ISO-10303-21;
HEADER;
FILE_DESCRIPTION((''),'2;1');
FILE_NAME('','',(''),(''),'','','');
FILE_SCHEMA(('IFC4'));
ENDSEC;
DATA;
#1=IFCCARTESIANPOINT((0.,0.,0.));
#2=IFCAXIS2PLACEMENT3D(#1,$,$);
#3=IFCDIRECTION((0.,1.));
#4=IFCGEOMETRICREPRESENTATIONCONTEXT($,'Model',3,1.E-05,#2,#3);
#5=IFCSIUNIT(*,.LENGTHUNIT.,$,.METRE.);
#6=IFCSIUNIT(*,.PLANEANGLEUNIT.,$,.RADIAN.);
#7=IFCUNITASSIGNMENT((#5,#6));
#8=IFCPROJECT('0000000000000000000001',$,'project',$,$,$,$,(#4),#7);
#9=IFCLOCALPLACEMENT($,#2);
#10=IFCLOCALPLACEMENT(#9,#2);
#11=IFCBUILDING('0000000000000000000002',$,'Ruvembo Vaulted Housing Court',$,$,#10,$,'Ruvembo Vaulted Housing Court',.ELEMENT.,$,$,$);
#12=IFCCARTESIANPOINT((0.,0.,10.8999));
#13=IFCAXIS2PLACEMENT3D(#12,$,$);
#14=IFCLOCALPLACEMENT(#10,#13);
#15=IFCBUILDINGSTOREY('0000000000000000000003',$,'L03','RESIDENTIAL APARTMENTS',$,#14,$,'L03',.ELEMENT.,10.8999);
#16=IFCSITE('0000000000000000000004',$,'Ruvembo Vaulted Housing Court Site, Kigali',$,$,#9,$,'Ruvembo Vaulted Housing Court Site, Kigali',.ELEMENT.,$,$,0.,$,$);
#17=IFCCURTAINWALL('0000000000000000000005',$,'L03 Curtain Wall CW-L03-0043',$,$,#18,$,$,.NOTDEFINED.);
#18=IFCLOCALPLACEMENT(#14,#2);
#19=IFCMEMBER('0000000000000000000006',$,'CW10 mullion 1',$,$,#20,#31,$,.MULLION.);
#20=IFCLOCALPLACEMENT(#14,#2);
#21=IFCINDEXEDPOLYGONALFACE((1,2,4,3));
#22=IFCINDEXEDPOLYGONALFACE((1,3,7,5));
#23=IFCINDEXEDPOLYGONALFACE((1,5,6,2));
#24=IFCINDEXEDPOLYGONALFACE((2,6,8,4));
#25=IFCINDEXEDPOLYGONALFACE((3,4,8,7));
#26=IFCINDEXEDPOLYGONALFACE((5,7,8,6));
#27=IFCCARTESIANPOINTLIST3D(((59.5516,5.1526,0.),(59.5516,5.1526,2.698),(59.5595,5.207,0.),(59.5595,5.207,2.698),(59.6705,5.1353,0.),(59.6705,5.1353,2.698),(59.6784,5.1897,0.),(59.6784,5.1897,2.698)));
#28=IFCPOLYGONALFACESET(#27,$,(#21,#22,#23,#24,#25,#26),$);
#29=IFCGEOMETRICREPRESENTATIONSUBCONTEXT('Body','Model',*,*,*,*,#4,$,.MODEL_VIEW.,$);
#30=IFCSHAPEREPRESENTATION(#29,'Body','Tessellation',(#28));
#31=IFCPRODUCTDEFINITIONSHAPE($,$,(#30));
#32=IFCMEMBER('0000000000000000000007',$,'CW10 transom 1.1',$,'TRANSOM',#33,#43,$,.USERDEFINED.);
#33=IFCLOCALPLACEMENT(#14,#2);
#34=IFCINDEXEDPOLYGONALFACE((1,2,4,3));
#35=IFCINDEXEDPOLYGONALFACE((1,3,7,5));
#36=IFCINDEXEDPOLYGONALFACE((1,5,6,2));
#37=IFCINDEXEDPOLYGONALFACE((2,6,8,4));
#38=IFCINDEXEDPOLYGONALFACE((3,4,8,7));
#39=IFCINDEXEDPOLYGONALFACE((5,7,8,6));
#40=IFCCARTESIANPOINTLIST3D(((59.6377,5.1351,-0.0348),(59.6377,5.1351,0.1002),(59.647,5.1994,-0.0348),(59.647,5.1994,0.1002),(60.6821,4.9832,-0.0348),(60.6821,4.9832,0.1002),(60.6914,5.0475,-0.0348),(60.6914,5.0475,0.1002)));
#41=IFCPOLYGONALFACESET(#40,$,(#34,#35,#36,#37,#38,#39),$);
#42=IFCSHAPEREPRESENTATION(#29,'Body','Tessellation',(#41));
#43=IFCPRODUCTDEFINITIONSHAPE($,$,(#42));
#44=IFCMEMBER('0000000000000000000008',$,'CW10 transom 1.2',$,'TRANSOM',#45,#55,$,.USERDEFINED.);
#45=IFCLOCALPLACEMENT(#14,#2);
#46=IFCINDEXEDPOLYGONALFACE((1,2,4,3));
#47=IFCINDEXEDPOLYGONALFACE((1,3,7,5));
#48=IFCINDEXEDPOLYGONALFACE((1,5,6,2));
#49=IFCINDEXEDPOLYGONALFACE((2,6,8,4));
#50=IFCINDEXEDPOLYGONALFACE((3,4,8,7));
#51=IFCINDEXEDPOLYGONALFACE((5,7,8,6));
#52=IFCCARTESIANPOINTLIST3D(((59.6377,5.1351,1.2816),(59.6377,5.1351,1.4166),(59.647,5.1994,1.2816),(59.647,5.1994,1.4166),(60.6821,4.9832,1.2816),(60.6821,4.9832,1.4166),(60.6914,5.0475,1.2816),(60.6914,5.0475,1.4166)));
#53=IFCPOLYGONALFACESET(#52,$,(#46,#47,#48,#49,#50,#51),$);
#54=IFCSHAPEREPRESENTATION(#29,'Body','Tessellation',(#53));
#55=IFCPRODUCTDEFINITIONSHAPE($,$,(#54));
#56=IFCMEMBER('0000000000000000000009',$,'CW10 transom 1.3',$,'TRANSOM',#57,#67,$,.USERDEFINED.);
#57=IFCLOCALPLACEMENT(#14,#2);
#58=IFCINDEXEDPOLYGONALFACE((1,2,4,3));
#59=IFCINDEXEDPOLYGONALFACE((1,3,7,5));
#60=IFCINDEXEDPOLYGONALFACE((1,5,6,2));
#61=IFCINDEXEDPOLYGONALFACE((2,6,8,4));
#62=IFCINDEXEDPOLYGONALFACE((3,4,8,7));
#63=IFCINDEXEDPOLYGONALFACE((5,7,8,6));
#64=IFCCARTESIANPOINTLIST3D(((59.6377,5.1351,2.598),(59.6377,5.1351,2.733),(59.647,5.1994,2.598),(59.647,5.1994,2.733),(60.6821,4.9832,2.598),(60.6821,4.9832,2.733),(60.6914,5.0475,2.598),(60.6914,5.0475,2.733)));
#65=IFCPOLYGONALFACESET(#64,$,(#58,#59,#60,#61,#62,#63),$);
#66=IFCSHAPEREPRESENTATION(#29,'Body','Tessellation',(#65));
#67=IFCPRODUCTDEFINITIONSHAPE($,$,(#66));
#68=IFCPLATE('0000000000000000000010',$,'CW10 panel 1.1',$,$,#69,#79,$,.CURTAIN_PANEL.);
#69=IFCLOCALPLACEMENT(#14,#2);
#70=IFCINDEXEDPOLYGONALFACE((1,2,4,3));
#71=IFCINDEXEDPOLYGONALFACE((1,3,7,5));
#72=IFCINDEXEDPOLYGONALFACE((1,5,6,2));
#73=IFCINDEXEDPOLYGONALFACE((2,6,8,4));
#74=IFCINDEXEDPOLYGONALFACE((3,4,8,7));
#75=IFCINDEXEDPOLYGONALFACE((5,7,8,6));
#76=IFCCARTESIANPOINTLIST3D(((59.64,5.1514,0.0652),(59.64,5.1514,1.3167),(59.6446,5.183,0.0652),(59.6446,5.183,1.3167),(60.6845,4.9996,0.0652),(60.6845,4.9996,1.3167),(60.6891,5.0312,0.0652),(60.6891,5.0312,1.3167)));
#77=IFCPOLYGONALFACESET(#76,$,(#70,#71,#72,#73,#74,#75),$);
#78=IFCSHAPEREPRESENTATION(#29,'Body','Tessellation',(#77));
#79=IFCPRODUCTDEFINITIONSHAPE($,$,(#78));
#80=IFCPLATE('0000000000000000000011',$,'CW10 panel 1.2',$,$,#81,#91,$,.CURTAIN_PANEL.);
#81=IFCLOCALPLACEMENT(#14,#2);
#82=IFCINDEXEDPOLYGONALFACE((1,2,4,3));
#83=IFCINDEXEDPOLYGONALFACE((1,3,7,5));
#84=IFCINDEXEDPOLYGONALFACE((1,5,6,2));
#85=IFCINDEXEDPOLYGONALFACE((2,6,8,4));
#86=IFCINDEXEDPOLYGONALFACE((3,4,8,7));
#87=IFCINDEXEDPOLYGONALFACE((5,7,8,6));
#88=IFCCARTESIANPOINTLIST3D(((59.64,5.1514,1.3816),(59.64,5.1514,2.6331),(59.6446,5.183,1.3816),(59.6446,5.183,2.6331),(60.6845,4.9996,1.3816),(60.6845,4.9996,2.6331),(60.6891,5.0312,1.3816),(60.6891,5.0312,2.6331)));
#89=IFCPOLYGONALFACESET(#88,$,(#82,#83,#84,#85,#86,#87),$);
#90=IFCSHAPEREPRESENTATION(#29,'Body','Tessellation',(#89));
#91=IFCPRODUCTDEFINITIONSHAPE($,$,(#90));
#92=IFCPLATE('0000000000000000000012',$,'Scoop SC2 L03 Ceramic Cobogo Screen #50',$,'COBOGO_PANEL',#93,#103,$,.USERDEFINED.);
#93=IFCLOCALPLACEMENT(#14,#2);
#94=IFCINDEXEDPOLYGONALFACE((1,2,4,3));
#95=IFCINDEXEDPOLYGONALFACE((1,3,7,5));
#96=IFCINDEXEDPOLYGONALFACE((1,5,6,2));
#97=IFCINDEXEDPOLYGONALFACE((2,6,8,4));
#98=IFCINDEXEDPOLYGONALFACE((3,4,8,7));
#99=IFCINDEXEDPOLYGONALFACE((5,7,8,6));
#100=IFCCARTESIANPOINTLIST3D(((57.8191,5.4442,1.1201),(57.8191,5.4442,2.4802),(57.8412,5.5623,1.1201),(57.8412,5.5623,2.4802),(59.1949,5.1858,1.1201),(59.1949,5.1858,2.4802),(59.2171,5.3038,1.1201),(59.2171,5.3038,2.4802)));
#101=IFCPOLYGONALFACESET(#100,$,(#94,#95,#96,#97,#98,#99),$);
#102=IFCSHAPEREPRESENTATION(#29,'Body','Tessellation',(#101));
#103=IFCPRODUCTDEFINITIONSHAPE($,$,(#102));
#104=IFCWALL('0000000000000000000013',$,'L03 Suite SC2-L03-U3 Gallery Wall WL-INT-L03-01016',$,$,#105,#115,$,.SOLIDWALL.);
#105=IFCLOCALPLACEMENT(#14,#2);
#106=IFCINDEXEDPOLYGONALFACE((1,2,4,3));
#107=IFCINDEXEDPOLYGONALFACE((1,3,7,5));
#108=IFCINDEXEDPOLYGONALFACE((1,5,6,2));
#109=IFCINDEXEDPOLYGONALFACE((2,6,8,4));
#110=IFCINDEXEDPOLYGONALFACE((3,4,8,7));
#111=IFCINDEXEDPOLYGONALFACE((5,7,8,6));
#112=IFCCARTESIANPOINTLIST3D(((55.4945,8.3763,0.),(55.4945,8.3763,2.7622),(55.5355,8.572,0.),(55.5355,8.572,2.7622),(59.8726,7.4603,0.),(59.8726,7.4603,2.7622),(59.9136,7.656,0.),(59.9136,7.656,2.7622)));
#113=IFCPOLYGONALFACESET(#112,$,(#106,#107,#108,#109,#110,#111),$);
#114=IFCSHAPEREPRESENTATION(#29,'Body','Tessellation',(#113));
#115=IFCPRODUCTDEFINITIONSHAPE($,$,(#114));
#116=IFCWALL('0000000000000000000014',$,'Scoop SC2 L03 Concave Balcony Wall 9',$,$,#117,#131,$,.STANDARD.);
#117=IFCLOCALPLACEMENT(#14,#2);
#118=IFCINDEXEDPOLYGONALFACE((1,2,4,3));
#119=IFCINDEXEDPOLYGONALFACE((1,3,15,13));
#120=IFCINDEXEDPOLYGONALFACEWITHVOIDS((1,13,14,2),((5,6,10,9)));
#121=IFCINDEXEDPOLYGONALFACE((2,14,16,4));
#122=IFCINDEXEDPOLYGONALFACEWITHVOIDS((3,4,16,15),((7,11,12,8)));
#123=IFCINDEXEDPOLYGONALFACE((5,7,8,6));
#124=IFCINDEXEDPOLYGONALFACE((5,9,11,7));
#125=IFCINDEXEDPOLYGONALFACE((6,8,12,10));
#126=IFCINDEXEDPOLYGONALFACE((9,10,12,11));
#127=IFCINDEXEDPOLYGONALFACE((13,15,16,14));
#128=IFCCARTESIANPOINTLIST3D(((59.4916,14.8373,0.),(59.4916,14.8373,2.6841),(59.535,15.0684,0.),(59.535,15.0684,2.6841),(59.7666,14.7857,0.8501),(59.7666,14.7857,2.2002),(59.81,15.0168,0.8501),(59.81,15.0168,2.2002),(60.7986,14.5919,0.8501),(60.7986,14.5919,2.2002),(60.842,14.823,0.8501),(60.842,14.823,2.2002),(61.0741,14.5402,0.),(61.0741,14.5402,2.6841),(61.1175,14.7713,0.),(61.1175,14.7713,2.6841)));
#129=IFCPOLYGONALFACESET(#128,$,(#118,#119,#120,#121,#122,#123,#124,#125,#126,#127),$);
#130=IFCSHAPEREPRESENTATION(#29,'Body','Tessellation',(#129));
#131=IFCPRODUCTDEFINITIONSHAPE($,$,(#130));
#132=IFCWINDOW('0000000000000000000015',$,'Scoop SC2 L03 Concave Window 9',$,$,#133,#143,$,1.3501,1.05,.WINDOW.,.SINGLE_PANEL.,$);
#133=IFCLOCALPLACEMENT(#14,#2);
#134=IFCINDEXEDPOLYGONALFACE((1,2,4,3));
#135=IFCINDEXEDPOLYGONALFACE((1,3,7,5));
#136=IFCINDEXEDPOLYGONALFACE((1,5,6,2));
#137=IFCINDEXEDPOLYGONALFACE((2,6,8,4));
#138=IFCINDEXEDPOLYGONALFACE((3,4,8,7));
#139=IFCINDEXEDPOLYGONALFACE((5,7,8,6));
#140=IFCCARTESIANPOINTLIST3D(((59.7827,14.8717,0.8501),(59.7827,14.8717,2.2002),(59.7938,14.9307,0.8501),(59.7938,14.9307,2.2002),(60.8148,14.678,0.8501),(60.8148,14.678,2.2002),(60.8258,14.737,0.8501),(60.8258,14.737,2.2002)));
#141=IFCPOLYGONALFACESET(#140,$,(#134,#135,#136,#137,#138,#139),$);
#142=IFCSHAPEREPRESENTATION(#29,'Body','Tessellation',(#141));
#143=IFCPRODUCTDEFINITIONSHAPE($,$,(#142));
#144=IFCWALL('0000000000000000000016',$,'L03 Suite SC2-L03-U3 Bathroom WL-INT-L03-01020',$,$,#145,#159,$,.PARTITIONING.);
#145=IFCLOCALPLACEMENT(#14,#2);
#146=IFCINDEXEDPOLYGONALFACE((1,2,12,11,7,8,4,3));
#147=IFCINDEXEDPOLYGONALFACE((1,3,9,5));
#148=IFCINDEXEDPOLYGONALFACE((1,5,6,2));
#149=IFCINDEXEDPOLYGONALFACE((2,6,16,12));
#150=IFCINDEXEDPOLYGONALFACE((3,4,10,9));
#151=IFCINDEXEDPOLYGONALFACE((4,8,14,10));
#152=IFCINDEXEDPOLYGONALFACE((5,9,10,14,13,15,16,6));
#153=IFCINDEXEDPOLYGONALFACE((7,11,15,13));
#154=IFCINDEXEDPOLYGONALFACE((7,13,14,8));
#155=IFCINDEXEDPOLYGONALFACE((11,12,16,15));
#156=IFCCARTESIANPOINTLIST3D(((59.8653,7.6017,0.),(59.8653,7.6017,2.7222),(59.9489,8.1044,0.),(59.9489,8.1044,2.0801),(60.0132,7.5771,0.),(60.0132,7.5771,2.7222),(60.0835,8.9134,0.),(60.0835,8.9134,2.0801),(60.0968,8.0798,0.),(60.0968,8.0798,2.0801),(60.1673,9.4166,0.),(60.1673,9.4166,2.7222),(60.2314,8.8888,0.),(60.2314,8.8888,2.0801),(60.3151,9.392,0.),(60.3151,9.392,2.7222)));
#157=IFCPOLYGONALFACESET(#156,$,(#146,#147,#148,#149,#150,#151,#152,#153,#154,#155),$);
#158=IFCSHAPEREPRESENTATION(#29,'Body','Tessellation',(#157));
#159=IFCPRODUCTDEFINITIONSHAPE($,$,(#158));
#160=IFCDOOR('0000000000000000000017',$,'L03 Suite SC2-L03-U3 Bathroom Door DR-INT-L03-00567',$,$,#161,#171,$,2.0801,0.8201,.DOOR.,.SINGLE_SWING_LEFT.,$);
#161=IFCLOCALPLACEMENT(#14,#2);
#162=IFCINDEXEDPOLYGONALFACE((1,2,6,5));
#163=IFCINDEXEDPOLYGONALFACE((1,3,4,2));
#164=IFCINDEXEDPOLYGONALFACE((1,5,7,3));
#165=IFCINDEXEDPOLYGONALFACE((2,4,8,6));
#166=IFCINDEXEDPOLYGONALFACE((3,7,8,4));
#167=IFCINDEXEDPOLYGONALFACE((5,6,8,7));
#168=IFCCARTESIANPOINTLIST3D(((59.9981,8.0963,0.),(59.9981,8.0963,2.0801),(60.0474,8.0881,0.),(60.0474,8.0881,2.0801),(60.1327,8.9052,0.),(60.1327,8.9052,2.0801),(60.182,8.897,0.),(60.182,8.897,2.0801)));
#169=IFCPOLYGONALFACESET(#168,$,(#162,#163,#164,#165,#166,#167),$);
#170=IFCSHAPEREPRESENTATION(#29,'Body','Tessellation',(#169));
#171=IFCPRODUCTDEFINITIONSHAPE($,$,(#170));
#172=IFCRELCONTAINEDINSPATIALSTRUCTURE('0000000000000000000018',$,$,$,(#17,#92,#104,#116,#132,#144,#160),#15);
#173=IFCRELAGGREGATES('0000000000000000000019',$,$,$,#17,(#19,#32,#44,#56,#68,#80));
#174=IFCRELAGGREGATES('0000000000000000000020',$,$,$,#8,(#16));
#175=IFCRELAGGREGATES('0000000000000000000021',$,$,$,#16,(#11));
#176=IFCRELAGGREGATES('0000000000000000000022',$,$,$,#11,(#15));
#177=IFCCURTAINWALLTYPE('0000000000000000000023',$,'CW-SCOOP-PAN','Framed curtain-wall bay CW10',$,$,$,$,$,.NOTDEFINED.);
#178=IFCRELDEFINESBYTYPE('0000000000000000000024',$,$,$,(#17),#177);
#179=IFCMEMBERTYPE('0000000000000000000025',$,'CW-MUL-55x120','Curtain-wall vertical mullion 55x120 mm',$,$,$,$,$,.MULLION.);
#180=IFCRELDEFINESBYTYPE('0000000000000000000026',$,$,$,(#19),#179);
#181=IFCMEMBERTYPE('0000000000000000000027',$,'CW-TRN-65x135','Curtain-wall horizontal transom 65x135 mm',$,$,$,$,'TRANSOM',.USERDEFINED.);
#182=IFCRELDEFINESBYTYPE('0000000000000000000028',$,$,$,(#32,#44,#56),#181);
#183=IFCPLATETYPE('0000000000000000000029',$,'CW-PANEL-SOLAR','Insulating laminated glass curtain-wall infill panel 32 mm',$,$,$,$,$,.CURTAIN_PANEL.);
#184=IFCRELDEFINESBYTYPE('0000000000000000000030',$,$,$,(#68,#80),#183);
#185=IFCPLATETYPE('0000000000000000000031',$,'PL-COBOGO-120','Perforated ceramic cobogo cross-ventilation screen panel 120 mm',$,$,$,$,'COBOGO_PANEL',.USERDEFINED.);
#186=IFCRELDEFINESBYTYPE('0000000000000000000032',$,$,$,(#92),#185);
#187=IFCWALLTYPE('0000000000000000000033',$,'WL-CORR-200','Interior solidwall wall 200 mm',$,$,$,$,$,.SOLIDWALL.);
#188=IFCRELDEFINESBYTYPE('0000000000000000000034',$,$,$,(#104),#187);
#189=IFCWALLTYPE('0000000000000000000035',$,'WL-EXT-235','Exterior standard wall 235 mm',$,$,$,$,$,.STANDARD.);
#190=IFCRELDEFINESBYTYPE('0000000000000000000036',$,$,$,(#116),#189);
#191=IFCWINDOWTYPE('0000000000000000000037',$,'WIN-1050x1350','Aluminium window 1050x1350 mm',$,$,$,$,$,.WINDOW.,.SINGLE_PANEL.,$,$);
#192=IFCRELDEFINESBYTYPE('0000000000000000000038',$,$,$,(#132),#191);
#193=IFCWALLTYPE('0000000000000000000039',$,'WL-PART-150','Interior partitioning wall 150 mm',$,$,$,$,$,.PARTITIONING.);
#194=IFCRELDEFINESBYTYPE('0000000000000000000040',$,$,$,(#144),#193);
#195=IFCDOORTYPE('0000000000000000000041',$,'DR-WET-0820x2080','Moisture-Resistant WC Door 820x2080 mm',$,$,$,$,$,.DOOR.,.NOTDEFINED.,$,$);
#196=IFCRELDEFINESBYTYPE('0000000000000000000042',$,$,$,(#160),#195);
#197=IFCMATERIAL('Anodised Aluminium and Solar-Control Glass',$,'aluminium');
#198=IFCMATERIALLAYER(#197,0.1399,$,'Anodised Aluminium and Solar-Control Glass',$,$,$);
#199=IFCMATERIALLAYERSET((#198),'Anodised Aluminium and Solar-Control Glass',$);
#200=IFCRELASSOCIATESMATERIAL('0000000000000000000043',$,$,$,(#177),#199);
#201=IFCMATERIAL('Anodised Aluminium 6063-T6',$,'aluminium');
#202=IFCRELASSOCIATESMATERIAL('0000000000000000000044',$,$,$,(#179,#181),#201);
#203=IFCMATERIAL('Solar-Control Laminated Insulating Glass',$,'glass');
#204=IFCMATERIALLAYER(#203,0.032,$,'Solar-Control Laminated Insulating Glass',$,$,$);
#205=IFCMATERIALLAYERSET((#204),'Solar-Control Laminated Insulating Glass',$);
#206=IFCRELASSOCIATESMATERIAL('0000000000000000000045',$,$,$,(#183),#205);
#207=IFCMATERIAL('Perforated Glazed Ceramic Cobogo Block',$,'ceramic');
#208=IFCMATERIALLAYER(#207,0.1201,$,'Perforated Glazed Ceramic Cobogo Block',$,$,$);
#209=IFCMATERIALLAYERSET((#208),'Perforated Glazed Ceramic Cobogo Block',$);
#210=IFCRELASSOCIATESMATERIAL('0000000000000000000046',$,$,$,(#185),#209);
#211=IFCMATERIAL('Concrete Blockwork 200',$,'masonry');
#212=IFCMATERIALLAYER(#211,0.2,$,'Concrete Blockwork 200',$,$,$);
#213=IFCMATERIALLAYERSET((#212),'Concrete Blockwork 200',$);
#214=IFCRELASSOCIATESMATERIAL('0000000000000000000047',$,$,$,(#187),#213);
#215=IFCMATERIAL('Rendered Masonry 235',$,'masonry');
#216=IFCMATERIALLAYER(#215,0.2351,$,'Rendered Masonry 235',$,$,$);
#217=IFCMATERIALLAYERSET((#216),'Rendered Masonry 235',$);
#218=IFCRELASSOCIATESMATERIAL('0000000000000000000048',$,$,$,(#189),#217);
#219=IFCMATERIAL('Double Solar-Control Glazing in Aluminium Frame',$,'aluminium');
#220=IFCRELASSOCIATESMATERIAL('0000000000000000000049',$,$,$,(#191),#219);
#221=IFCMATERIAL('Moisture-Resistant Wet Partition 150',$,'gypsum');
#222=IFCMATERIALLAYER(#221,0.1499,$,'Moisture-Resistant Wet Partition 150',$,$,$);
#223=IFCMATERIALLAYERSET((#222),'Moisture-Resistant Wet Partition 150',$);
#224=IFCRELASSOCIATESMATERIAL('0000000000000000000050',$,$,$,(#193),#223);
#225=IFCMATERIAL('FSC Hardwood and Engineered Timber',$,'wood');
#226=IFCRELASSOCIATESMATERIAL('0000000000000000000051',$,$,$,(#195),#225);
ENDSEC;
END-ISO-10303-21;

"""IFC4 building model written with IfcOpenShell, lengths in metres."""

from ifc_helpers import new_model, si_unit, direction, frame, frame_2d, origin, origin_2d, place, context, subcontext, project, spatial, rectangle, extrude, material, layer, layer_set, material_profile, profile_set, type_object, element, fill, aggregate, save


model = new_model("IFC4")

# Units and contexts
model_context = context("Model", 3, precision=1e-05, world=origin(), true_north=direction((0.0, 1.0)))
body_context = subcontext(model_context, "Body", "Model", "MODEL_VIEW")
ifc_project = project(units=[si_unit("LENGTHUNIT", "METRE"), si_unit("PLANEANGLEUNIT", "RADIAN")], contexts=[model_context])

# Site, building, storey
site_placement = place(None, origin())
site = spatial("IfcSite", under=ifc_project, at=site_placement, Name="Ruvembo Vaulted Housing Court Site, Kigali", LongName="Ruvembo Vaulted Housing Court Site, Kigali", CompositionType="ELEMENT", RefElevation=0.0)
building_placement = place(site_placement, origin())
building = spatial("IfcBuilding", under=site, at=building_placement, Name="Ruvembo Vaulted Housing Court", LongName="Ruvembo Vaulted Housing Court", CompositionType="ELEMENT")
storey_placement = place(building_placement, frame((0.0, 0.0, 10.8999)))
storey = spatial("IfcBuildingStorey", under=building, at=storey_placement, Name="L03", Description="RESIDENTIAL APARTMENTS", LongName="L03", CompositionType="ELEMENT", Elevation=10.8999)

# Curtain wall, members, plates
ifc_material_1 = material(Name="Anodised Aluminium and Solar-Control Glass", Category="aluminium")
ifc_layer_1 = layer(ifc_material_1, 0.1399, Name="Anodised Aluminium and Solar-Control Glass")
ifc_layer_set_1 = layer_set([ifc_layer_1], Name="Anodised Aluminium and Solar-Control Glass")
curtain_wall_type = type_object("IfcCurtainWallType", Name="CW-SCOOP-PAN", Description="Framed curtain-wall bay CW10", PredefinedType="NOTDEFINED", material=ifc_layer_set_1)
curtain_wall_placement = place(storey_placement, origin())
curtain_wall = element("IfcCurtainWall", 1, at=curtain_wall_placement, inside=storey, type_object=curtain_wall_type, Name="L03 Curtain Wall CW-L03-0043", PredefinedType="NOTDEFINED")
ifc_material_2 = material(Name="Anodised Aluminium 6063-T6", Category="aluminium")
ifc_material_profile_1 = material_profile(ifc_material_2, rectangle(XDim=0.0549, YDim=0.1201, at=origin_2d()), Name="ALU 55x120")
ifc_profile_set_1 = profile_set([ifc_material_profile_1], Name="Anodised Aluminium 6063-T6")
member_type_1 = type_object("IfcMemberType", Name="CW-MUL-55x120", Description="Curtain-wall vertical mullion 55x120 mm", PredefinedType="MULLION", material=ifc_profile_set_1)
member_1_placement = place(storey_placement, frame((59.615, 5.1711, 0.0), z_axis=(0.0, 0.0, 1.0), x_axis=(0.143851, 0.989599, 0.0)))
member_1 = element("IfcMember", 2, at=member_1_placement, type_object=member_type_1, Name="CW10 mullion 1", PredefinedType="MULLION", context=body_context, shape_type="SweptSolid", body=[
    extrude(rectangle(XDim=0.0549, YDim=0.1201, at=origin_2d()), origin(), (0.0, 0.0, 1.0), 2.698),
])
ifc_material_profile_2 = material_profile(ifc_material_2, rectangle(XDim=0.0649, YDim=0.135, at=origin_2d()), Name="ALU 65x135")
ifc_profile_set_2 = profile_set([ifc_material_profile_2], Name="Anodised Aluminium 6063-T6")
member_type_2 = type_object("IfcMemberType", Name="CW-TRN-65x135", Description="Curtain-wall horizontal transom 65x135 mm", ElementType="TRANSOM", PredefinedType="USERDEFINED", material=ifc_profile_set_2)
member_2_placement = place(storey_placement, frame((59.6423, 5.1672, 0.0327), z_axis=(0.989595, -0.143882, 0.0), x_axis=(0.143882, 0.989595, 0.0)))
member_2 = element("IfcMember", 3, at=member_2_placement, type_object=member_type_2, Name="CW10 transom 1.1", ObjectType="TRANSOM", PredefinedType="USERDEFINED", context=body_context, shape_type="SweptSolid", body=[
    extrude(rectangle(XDim=0.0649, YDim=0.135, at=origin_2d()), origin(), (0.0, 0.0, 1.0), 1.0554),
])
member_3_placement = place(storey_placement, frame((59.6423, 5.1672, 1.3491), z_axis=(0.989595, -0.143882, 0.0), x_axis=(0.143882, 0.989595, 0.0)))
member_3 = element("IfcMember", 4, at=member_3_placement, type_object=member_type_2, Name="CW10 transom 1.2", ObjectType="TRANSOM", PredefinedType="USERDEFINED", context=body_context, shape_type="SweptSolid", body=[
    extrude(rectangle(XDim=0.0649, YDim=0.135, at=origin_2d()), origin(), (0.0, 0.0, 1.0), 1.0554),
])
member_4_placement = place(storey_placement, frame((59.6423, 5.1672, 2.6655), z_axis=(0.989595, -0.143882, 0.0), x_axis=(0.143882, 0.989595, 0.0)))
member_4 = element("IfcMember", 5, at=member_4_placement, type_object=member_type_2, Name="CW10 transom 1.3", ObjectType="TRANSOM", PredefinedType="USERDEFINED", context=body_context, shape_type="SweptSolid", body=[
    extrude(rectangle(XDim=0.0649, YDim=0.135, at=origin_2d()), origin(), (0.0, 0.0, 1.0), 1.0554),
])
ifc_material_3 = material(Name="Solar-Control Laminated Insulating Glass", Category="glass")
ifc_layer_2 = layer(ifc_material_3, 0.032, Name="Solar-Control Laminated Insulating Glass")
ifc_layer_set_2 = layer_set([ifc_layer_2], Name="Solar-Control Laminated Insulating Glass")
plate_type_1 = type_object("IfcPlateType", Name="CW-PANEL-SOLAR", Description="Insulating laminated glass curtain-wall infill panel 32 mm", PredefinedType="CURTAIN_PANEL", material=ifc_layer_set_2)
plate_1_placement = place(storey_placement, frame((60.1646, 5.0913, 0.0652), z_axis=(0.0, 0.0, 1.0), x_axis=(0.989599, -0.143851, 0.0)))
plate_1 = element("IfcPlate", 6, at=plate_1_placement, type_object=plate_type_1, Name="CW10 panel 1.1", PredefinedType="CURTAIN_PANEL", context=body_context, shape_type="SweptSolid", body=[
    extrude(rectangle(XDim=1.0554, YDim=0.032, at=origin_2d()), origin(), (0.0, 0.0, 1.0), 1.2515),
])
plate_2_placement = place(storey_placement, frame((60.1646, 5.0913, 1.3816), z_axis=(0.0, 0.0, 1.0), x_axis=(0.989599, -0.143851, 0.0)))
plate_2 = element("IfcPlate", 7, at=plate_2_placement, type_object=plate_type_1, Name="CW10 panel 1.2", PredefinedType="CURTAIN_PANEL", context=body_context, shape_type="SweptSolid", body=[
    extrude(rectangle(XDim=1.0554, YDim=0.032, at=origin_2d()), origin(), (0.0, 0.0, 1.0), 1.2515),
])
aggregate(curtain_wall, [member_1, member_2, member_3, member_4, plate_1, plate_2])

# Plate
ifc_material_4 = material(Name="Perforated Glazed Ceramic Cobogo Block", Category="ceramic")
ifc_layer_3 = layer(ifc_material_4, 0.1201, Name="Perforated Glazed Ceramic Cobogo Block")
ifc_layer_set_3 = layer_set([ifc_layer_3], Name="Perforated Glazed Ceramic Cobogo Block")
plate_type_2 = type_object("IfcPlateType", Name="PL-COBOGO-120", Description="Perforated ceramic cobogo cross-ventilation screen panel 120 mm", ElementType="COBOGO_PANEL", PredefinedType="USERDEFINED", material=ifc_layer_set_3)
plate_3_placement = place(storey_placement, frame((58.5181, 5.374, 1.1201), z_axis=(0.0, 0.0, 1.0), x_axis=(0.982816, -0.184586, 0.0)))
element("IfcPlate", 8, at=plate_3_placement, inside=storey, type_object=plate_type_2, Name="Scoop SC2 L03 Ceramic Cobogo Screen #50", ObjectType="COBOGO_PANEL", PredefinedType="USERDEFINED", context=body_context, shape_type="SweptSolid", body=[
    extrude(rectangle(XDim=1.3999, YDim=0.1201, at=origin_2d()), origin(), (0.0, 0.0, 1.0), 1.3601),
])

# Wall
ifc_material_5 = material(Name="Concrete Blockwork 200", Category="masonry")
ifc_layer_4 = layer(ifc_material_5, 0.2, Name="Concrete Blockwork 200")
ifc_layer_set_4 = layer_set([ifc_layer_4], Name="Concrete Blockwork 200")
wall_type_1 = type_object("IfcWallType", Name="WL-CORR-200", Description="Interior solidwall wall 200 mm", PredefinedType="SOLIDWALL", material=ifc_layer_set_4)
wall_1_placement = place(storey_placement, frame((55.5151, 8.4741, 0.0), z_axis=(0.0, 0.0, 1.0), x_axis=(0.978806, -0.204789, 0.0)))
element("IfcWall", 9, at=wall_1_placement, inside=storey, type_object=wall_type_1, Name="L03 Suite SC2-L03-U3 Gallery Wall WL-INT-L03-01016", PredefinedType="SOLIDWALL", context=body_context, shape_type="SweptSolid", body=[
    extrude(rectangle(XDim=4.4729, YDim=0.2, at=frame_2d((2.2363, 0.0))), origin(), (0.0, 0.0, 1.0), 2.7622),
])

# Shared definitions
ifc_material_6 = material(Name="FSC Hardwood and Engineered Timber", Category="wood")

# Wall, opening, window
ifc_material_7 = material(Name="Rendered Masonry 235", Category="masonry")
ifc_layer_5 = layer(ifc_material_7, 0.2351, Name="Rendered Masonry 235")
ifc_layer_set_5 = layer_set([ifc_layer_5], Name="Rendered Masonry 235")
wall_type_2 = type_object("IfcWallType", Name="WL-EXT-235", Description="Exterior standard wall 235 mm", PredefinedType="STANDARD", material=ifc_layer_set_5)
wall_2_placement = place(storey_placement, frame((59.5132, 14.9529, 0.0), z_axis=(0.0, 0.0, 1.0), x_axis=(0.982828, -0.184527, 0.0)))
wall_2 = element("IfcWall", 10, at=wall_2_placement, inside=storey, type_object=wall_type_2, Name="Scoop SC2 L03 Concave Balcony Wall 9", PredefinedType="STANDARD", context=body_context, shape_type="SweptSolid", body=[
    extrude(rectangle(XDim=1.6101, YDim=0.2351, at=frame_2d((0.8052, 0.0))), origin(), (0.0, 0.0, 1.0), 2.6841),
])
opening_1_placement = place(wall_2_placement, frame((0.28, 0.0, 0.8501)))
opening_1 = element("IfcOpeningElement", 11, at=opening_1_placement, cuts=wall_2, PredefinedType="OPENING", context=body_context, shape_type="SweptSolid", body=[
    extrude(rectangle(XDim=1.05, YDim=1.3501, at=frame_2d((0.5249, 0.675))), frame((0.0, 0.1274, 0.0), z_axis=(0.0, -1.0, 0.0), x_axis=(1.0, 0.0, 0.0)), (0.0, 0.0, 1.0), 0.2551),
])
ifc_material_8 = material(Name="Double Solar-Control Glazing in Aluminium Frame", Category="aluminium")
window_type = type_object("IfcWindowType", Name="WIN-1050x1350", Description="Aluminium window 1050x1350 mm", PartitioningType="SINGLE_PANEL", PredefinedType="WINDOW", material=ifc_material_8)
window_placement = place(opening_1_placement, origin())
window = element("IfcWindow", 12, at=window_placement, inside=storey, type_object=window_type, Name="Scoop SC2 L03 Concave Window 9", OverallHeight=1.3501, OverallWidth=1.05, PartitioningType="SINGLE_PANEL", PredefinedType="WINDOW", context=body_context, shape_type="SweptSolid", body=[
    extrude(rectangle(XDim=1.05, YDim=1.3501, at=frame_2d((0.5249, 0.675))), frame((0.0, 0.03, 0.0), z_axis=(0.0, -1.0, 0.0), x_axis=(1.0, 0.0, 0.0)), (0.0, 0.0, 1.0), 0.0601),
])
fill(opening_1, window)

# Wall, opening, door
ifc_material_9 = material(Name="Moisture-Resistant Wet Partition 150", Category="gypsum")
ifc_layer_6 = layer(ifc_material_9, 0.1499, Name="Moisture-Resistant Wet Partition 150")
ifc_layer_set_6 = layer_set([ifc_layer_6], Name="Moisture-Resistant Wet Partition 150")
wall_type_3 = type_object("IfcWallType", Name="WL-PART-150", Description="Interior partitioning wall 150 mm", PredefinedType="PARTITIONING", material=ifc_layer_set_6)
wall_3_placement = place(storey_placement, frame((60.2412, 9.4043, 0.0), z_axis=(0.0, 0.0, 1.0), x_axis=(-0.164141, -0.986437, 0.0)))
wall_3 = element("IfcWall", 13, at=wall_3_placement, inside=storey, type_object=wall_type_3, Name="L03 Suite SC2-L03-U3 Bathroom WL-INT-L03-01020", PredefinedType="PARTITIONING", context=body_context, shape_type="SweptSolid", body=[
    extrude(rectangle(XDim=1.8398, YDim=0.1499, at=frame_2d((0.9199, 0.0))), origin(), (0.0, 0.0, 1.0), 2.7222),
])
opening_2_placement = place(wall_3_placement, frame((0.51, 0.0, 0.0)))
opening_2 = element("IfcOpeningElement", 14, at=opening_2_placement, cuts=wall_3, PredefinedType="OPENING", context=body_context, shape_type="SweptSolid", body=[
    extrude(rectangle(XDim=0.8201, YDim=2.0801, at=frame_2d((0.4102, 1.04))), frame((0.0, 0.085, 0.0), z_axis=(0.0, -1.0, 0.0), x_axis=(1.0, 0.0, 0.0)), (0.0, 0.0, 1.0), 0.1699),
])
door_type_1 = type_object("IfcDoorType", Name="DR-WET-0820x2080", Description="Moisture-Resistant WC Door 820x2080 mm", OperationType="NOTDEFINED", PredefinedType="DOOR", material=ifc_material_6)
door_1_placement = place(opening_2_placement, origin())
door_1 = element("IfcDoor", 15, at=door_1_placement, inside=storey, type_object=door_type_1, Name="L03 Suite SC2-L03-U3 Bathroom Door DR-INT-L03-00567", OperationType="SINGLE_SWING_LEFT", OverallHeight=2.0801, OverallWidth=0.8201, PredefinedType="DOOR", context=body_context, shape_type="SweptSolid", body=[
    extrude(rectangle(XDim=0.8201, YDim=2.0801, at=frame_2d((0.4102, 1.04))), frame((0.0, 0.0249, 0.0), z_axis=(0.0, -1.0, 0.0), x_axis=(1.0, 0.0, 0.0)), (0.0, 0.0, 1.0), 0.05),
])
fill(opening_2, door_1)

save(model, "model.ifc")
